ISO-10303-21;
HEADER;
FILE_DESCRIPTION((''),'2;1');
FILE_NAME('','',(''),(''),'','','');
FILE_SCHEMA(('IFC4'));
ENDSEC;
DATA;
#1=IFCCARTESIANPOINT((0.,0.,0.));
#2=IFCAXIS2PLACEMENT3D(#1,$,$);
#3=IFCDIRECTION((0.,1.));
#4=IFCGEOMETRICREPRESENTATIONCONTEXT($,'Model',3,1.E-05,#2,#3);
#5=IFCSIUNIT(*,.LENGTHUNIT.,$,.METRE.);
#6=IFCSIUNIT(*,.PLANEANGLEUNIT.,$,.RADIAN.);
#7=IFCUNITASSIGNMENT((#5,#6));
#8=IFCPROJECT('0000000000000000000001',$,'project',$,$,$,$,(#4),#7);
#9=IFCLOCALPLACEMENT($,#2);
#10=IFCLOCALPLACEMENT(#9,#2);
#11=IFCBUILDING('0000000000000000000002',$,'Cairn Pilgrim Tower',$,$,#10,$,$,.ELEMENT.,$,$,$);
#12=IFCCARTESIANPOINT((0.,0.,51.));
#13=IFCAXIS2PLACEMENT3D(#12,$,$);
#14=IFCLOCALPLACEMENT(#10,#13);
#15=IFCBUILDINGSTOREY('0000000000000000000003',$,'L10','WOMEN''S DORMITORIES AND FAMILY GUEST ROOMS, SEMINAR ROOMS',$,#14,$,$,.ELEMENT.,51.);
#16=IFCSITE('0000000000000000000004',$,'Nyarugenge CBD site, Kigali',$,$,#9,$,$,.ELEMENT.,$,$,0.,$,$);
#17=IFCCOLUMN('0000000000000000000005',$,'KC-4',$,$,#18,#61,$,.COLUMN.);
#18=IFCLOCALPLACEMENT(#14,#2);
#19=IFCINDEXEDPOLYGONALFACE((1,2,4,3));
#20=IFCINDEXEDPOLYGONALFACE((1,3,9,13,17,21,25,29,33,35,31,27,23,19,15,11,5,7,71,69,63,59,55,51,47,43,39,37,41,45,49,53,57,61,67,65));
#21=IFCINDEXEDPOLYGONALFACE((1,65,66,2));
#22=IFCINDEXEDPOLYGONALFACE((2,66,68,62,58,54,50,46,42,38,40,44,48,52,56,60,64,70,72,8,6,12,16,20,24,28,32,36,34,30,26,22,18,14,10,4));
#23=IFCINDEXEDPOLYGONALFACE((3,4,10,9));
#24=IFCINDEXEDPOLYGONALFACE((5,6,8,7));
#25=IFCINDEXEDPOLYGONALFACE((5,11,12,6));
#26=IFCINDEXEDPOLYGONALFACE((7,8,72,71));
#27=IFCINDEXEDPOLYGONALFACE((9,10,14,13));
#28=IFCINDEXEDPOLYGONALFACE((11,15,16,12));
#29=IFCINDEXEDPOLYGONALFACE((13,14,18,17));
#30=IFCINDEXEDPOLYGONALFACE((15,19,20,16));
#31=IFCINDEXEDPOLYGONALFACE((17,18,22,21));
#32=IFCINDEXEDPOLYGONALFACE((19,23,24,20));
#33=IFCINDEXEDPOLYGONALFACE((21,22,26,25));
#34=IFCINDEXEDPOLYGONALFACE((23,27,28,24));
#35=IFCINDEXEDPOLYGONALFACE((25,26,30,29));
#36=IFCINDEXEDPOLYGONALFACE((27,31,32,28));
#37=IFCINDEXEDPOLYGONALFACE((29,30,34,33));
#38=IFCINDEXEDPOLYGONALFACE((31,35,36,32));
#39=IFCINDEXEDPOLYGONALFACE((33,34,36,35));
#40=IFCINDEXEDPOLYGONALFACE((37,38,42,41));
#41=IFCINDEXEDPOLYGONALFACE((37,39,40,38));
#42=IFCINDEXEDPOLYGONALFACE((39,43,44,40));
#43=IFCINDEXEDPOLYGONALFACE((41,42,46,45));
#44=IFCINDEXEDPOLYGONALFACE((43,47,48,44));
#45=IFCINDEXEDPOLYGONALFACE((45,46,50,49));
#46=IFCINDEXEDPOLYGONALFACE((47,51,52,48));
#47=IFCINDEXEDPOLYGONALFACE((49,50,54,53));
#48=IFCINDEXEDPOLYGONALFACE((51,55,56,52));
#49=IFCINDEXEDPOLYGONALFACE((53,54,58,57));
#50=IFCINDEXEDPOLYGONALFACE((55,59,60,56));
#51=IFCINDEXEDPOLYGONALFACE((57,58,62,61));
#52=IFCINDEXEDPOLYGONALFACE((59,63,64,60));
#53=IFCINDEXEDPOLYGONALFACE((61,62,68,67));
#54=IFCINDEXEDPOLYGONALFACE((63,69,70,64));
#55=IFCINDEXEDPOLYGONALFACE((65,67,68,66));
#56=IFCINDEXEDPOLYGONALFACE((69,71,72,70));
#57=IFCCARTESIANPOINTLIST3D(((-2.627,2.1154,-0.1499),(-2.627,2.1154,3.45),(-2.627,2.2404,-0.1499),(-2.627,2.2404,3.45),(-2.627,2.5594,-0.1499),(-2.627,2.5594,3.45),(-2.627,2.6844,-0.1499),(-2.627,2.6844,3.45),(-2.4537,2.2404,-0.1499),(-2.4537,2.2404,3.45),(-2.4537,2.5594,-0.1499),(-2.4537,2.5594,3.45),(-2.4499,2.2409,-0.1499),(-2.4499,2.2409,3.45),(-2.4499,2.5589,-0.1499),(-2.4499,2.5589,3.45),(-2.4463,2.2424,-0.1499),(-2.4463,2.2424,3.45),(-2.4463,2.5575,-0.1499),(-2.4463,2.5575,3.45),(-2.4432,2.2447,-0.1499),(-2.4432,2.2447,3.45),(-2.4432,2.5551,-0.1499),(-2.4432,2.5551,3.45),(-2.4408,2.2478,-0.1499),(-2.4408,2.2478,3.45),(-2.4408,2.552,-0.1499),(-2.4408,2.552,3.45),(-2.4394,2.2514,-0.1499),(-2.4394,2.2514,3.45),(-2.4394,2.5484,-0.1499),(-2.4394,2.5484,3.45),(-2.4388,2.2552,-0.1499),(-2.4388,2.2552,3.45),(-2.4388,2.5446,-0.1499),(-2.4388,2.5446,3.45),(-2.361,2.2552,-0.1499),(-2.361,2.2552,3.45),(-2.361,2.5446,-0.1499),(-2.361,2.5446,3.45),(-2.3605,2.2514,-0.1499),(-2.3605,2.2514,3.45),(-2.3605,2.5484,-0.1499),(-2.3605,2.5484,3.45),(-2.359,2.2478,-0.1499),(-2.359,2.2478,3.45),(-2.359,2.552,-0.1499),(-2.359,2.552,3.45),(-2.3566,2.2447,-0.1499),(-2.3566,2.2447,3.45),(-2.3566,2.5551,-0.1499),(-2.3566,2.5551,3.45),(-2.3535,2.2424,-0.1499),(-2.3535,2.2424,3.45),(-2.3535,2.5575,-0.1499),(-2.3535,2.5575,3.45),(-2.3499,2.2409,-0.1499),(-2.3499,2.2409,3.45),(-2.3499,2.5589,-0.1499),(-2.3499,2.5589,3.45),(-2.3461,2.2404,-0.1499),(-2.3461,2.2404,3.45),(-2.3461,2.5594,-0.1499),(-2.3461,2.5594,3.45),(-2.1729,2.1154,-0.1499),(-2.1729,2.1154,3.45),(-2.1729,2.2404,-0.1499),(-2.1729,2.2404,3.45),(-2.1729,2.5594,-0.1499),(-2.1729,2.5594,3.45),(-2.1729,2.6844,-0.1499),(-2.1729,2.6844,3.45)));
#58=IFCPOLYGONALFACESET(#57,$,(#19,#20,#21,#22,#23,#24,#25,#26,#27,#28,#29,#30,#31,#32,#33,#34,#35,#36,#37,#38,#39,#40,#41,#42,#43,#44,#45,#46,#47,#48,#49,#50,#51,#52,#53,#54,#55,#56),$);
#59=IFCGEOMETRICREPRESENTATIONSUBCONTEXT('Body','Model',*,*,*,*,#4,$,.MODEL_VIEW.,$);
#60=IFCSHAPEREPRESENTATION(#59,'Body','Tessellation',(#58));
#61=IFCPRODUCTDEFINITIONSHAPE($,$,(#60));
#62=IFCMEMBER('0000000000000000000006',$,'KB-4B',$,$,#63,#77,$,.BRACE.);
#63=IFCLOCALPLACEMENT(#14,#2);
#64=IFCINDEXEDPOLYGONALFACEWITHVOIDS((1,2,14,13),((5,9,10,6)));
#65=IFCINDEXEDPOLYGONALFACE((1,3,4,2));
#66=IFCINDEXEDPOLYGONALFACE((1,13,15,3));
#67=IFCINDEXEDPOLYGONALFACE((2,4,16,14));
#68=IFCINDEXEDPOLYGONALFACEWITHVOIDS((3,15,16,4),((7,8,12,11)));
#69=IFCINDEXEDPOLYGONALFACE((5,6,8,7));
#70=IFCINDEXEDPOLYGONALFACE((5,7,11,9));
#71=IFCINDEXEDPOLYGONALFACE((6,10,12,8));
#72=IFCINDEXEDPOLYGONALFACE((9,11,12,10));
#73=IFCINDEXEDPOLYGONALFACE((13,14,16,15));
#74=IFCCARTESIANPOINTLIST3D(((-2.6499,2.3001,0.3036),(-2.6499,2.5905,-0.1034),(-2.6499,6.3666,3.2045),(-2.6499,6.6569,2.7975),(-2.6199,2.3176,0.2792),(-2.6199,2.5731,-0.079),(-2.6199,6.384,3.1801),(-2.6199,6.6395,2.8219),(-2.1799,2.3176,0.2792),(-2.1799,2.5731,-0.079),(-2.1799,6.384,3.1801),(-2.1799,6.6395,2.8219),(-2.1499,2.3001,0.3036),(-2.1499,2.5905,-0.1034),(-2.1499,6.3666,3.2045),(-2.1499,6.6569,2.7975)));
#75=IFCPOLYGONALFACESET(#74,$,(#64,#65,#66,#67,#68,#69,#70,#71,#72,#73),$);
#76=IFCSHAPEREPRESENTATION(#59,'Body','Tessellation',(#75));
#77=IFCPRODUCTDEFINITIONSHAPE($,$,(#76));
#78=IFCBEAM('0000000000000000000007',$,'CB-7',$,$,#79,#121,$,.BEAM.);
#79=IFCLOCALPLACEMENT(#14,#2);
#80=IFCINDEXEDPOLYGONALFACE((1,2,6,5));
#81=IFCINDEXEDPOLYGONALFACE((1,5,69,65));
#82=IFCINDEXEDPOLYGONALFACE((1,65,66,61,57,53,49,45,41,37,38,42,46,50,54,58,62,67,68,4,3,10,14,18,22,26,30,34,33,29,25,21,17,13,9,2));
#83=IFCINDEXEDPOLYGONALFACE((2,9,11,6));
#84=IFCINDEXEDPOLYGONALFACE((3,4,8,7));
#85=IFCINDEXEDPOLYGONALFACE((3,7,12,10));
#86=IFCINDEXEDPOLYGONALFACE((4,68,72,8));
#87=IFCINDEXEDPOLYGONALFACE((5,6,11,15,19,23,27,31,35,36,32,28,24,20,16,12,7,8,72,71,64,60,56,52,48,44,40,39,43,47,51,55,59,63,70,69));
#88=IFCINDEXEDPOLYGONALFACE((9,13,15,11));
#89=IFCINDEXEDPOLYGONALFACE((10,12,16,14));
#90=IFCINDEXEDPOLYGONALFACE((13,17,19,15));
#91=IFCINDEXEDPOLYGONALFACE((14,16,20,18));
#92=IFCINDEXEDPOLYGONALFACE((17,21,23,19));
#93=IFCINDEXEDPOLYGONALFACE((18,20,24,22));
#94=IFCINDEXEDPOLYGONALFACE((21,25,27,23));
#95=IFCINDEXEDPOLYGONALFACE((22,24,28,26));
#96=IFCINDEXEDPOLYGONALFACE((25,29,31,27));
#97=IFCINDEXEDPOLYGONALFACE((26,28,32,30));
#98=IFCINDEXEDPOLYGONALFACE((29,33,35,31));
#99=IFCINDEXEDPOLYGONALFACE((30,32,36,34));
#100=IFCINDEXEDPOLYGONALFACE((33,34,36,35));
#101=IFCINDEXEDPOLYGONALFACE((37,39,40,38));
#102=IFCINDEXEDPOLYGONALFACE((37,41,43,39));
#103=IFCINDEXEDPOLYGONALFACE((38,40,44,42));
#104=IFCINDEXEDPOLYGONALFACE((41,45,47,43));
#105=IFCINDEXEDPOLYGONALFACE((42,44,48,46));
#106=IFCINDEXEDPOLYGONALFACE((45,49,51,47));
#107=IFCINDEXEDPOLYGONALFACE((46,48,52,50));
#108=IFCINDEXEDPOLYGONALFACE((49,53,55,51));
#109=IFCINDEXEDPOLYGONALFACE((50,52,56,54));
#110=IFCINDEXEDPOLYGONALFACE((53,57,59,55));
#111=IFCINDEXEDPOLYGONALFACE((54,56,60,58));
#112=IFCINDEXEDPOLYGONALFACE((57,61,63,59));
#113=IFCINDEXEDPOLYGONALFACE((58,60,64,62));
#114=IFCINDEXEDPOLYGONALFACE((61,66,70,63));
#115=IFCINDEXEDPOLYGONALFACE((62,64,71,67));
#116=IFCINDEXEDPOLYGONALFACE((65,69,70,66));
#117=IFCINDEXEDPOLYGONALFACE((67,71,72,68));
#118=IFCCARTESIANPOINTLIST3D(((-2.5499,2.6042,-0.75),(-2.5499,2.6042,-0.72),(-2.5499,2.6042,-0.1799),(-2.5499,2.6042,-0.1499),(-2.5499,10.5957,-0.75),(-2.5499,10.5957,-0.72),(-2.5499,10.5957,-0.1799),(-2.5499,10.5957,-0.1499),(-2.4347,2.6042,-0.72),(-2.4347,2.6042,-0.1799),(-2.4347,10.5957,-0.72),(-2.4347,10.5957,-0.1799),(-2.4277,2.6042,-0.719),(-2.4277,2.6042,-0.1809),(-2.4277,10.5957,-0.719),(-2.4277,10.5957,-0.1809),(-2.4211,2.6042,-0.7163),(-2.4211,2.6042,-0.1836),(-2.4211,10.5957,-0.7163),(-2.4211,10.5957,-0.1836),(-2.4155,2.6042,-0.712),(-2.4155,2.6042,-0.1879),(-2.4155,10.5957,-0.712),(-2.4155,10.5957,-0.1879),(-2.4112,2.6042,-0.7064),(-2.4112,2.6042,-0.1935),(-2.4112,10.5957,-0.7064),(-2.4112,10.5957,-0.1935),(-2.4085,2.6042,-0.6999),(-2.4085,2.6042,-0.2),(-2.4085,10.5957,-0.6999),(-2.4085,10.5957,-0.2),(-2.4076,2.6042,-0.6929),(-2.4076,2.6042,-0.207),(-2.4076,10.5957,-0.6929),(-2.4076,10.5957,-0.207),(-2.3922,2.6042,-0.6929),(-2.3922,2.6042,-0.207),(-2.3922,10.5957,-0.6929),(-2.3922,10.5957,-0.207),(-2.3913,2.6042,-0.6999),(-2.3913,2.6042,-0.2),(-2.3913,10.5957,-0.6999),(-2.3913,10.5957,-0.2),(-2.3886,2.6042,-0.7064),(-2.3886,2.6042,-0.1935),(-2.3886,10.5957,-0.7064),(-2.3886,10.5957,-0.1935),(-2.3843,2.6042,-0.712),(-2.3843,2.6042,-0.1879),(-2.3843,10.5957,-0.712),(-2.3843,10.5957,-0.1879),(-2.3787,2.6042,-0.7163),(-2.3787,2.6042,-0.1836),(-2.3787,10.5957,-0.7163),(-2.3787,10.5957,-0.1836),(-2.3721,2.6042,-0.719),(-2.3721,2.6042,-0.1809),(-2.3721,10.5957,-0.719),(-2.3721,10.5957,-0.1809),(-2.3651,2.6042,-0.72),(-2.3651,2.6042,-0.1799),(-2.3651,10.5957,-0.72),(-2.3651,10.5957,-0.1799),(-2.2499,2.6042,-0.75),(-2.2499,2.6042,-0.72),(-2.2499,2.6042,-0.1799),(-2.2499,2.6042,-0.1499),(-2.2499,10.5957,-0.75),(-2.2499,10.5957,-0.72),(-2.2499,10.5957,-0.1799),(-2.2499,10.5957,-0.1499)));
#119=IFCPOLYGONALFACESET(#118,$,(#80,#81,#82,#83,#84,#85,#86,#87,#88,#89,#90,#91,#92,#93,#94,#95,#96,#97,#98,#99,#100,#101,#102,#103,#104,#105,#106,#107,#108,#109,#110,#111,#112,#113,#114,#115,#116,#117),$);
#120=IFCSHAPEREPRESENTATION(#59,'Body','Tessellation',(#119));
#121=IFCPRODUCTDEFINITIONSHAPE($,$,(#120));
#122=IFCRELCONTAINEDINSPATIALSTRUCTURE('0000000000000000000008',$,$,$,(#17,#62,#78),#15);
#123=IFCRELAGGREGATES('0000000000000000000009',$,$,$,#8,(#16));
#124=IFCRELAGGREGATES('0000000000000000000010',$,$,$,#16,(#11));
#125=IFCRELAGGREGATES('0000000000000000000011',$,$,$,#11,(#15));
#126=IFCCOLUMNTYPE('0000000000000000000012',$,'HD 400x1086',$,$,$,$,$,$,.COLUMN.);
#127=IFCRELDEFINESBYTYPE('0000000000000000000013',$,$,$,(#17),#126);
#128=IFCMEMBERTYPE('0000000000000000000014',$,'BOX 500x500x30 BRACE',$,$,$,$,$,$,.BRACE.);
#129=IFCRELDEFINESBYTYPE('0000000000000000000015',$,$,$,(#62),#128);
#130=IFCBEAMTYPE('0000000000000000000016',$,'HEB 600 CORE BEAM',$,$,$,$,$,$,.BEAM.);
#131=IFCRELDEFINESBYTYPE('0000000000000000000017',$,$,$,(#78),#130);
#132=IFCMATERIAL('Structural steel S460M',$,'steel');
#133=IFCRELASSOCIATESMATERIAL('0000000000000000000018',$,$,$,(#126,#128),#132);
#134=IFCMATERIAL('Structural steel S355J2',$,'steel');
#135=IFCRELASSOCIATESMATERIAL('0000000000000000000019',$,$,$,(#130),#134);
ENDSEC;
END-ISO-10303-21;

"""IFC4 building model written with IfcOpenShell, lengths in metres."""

from ifc_helpers import new_model, si_unit, direction, frame, origin, origin_2d, place, context, subcontext, project, spatial, hollow_rectangle, i_section, extrude, material, material_profile, profile_set, type_object, element, save


model = new_model("IFC4")

# Units and contexts
model_context = context("Model", 3, precision=1e-05, world=origin(), true_north=direction((0.0, 1.0)))
body_context = subcontext(model_context, "Body", "Model", "MODEL_VIEW")
ifc_project = project(units=[si_unit("LENGTHUNIT", "METRE"), si_unit("PLANEANGLEUNIT", "RADIAN")], contexts=[model_context])

# Site, building, storey
site_placement = place(None, origin())
site = spatial("IfcSite", under=ifc_project, at=site_placement, Name="Nyarugenge CBD site, Kigali", CompositionType="ELEMENT", RefElevation=0.0)
building_placement = place(site_placement, origin())
building = spatial("IfcBuilding", under=site, at=building_placement, Name="Cairn Pilgrim Tower", CompositionType="ELEMENT")
storey_placement = place(building_placement, frame((0.0, 0.0, 51.0)))
storey = spatial("IfcBuildingStorey", under=building, at=storey_placement, Name="L10", Description="WOMEN'S DORMITORIES AND FAMILY GUEST ROOMS, SEMINAR ROOMS", CompositionType="ELEMENT", Elevation=51.0)

# Column
ifc_material_1 = material(Name="Structural steel S460M", Category="steel")
ifc_material_profile_1 = material_profile(ifc_material_1, i_section(OverallWidth=0.4541, OverallDepth=0.5691, WebThickness=0.0779, FlangeThickness=0.125, FilletRadius=0.0149, at=origin_2d()), Name="HD 400x1086")
ifc_profile_set_1 = profile_set([ifc_material_profile_1], Name="Structural steel S460M")
column_type = type_object("IfcColumnType", Name="HD 400x1086", PredefinedType="COLUMN", material=ifc_profile_set_1)
column_placement = place(storey_placement, frame((-2.3999, 2.3999, -0.1499), z_axis=(0.0, 0.0, 1.0), x_axis=(1.0, 0.0, 0.0)))
element("IfcColumn", 1, at=column_placement, inside=storey, type_object=column_type, Name="KC-4", PredefinedType="COLUMN", context=body_context, shape_type="SweptSolid", body=[
    extrude(i_section(OverallWidth=0.4541, OverallDepth=0.5691, WebThickness=0.0779, FlangeThickness=0.125, FilletRadius=0.0149, at=origin_2d()), origin(), (0.0, 0.0, 1.0), 3.5999),
])

# Member
ifc_material_profile_2 = material_profile(ifc_material_1, hollow_rectangle(XDim=0.5, YDim=0.5, WallThickness=0.03, at=origin_2d()), Name="BOX 500x500x30")
ifc_profile_set_2 = profile_set([ifc_material_profile_2], Name="Structural steel S460M")
member_type = type_object("IfcMemberType", Name="BOX 500x500x30 BRACE", PredefinedType="BRACE", material=ifc_profile_set_2)
member_placement = place(storey_placement, frame((-2.3999, 2.4453, 0.1001), z_axis=(0.0, 0.814083, 0.580748), x_axis=(-1.0, 0.0, 0.0)))
element("IfcMember", 2, at=member_placement, inside=storey, type_object=member_type, Name="KB-4B", PredefinedType="BRACE", context=body_context, shape_type="SweptSolid", body=[
    extrude(hollow_rectangle(XDim=0.5, YDim=0.5, WallThickness=0.03, at=origin_2d()), origin(), (0.0, 0.0, 1.0), 4.9951),
])

# Beam
ifc_material_2 = material(Name="Structural steel S355J2", Category="steel")
ifc_material_profile_3 = material_profile(ifc_material_2, i_section(OverallWidth=0.3, OverallDepth=0.6001, WebThickness=0.0154, FlangeThickness=0.03, FilletRadius=0.0271, at=origin_2d()), Name="HEB 600")
ifc_profile_set_3 = profile_set([ifc_material_profile_3], Name="Structural steel S355J2")
beam_type = type_object("IfcBeamType", Name="HEB 600 CORE BEAM", PredefinedType="BEAM", material=ifc_profile_set_3)
beam_placement = place(storey_placement, frame((-2.3999, 10.5957, -0.45), z_axis=(0.0, -1.0, 0.0), x_axis=(1.0, 0.0, 0.0)))
element("IfcBeam", 3, at=beam_placement, inside=storey, type_object=beam_type, Name="CB-7", PredefinedType="BEAM", context=body_context, shape_type="SweptSolid", body=[
    extrude(i_section(OverallWidth=0.3, OverallDepth=0.6001, WebThickness=0.0154, FlangeThickness=0.03, FilletRadius=0.0271, at=origin_2d()), origin(), (0.0, 0.0, 1.0), 7.9915),
])

save(model, "model.ifc")
